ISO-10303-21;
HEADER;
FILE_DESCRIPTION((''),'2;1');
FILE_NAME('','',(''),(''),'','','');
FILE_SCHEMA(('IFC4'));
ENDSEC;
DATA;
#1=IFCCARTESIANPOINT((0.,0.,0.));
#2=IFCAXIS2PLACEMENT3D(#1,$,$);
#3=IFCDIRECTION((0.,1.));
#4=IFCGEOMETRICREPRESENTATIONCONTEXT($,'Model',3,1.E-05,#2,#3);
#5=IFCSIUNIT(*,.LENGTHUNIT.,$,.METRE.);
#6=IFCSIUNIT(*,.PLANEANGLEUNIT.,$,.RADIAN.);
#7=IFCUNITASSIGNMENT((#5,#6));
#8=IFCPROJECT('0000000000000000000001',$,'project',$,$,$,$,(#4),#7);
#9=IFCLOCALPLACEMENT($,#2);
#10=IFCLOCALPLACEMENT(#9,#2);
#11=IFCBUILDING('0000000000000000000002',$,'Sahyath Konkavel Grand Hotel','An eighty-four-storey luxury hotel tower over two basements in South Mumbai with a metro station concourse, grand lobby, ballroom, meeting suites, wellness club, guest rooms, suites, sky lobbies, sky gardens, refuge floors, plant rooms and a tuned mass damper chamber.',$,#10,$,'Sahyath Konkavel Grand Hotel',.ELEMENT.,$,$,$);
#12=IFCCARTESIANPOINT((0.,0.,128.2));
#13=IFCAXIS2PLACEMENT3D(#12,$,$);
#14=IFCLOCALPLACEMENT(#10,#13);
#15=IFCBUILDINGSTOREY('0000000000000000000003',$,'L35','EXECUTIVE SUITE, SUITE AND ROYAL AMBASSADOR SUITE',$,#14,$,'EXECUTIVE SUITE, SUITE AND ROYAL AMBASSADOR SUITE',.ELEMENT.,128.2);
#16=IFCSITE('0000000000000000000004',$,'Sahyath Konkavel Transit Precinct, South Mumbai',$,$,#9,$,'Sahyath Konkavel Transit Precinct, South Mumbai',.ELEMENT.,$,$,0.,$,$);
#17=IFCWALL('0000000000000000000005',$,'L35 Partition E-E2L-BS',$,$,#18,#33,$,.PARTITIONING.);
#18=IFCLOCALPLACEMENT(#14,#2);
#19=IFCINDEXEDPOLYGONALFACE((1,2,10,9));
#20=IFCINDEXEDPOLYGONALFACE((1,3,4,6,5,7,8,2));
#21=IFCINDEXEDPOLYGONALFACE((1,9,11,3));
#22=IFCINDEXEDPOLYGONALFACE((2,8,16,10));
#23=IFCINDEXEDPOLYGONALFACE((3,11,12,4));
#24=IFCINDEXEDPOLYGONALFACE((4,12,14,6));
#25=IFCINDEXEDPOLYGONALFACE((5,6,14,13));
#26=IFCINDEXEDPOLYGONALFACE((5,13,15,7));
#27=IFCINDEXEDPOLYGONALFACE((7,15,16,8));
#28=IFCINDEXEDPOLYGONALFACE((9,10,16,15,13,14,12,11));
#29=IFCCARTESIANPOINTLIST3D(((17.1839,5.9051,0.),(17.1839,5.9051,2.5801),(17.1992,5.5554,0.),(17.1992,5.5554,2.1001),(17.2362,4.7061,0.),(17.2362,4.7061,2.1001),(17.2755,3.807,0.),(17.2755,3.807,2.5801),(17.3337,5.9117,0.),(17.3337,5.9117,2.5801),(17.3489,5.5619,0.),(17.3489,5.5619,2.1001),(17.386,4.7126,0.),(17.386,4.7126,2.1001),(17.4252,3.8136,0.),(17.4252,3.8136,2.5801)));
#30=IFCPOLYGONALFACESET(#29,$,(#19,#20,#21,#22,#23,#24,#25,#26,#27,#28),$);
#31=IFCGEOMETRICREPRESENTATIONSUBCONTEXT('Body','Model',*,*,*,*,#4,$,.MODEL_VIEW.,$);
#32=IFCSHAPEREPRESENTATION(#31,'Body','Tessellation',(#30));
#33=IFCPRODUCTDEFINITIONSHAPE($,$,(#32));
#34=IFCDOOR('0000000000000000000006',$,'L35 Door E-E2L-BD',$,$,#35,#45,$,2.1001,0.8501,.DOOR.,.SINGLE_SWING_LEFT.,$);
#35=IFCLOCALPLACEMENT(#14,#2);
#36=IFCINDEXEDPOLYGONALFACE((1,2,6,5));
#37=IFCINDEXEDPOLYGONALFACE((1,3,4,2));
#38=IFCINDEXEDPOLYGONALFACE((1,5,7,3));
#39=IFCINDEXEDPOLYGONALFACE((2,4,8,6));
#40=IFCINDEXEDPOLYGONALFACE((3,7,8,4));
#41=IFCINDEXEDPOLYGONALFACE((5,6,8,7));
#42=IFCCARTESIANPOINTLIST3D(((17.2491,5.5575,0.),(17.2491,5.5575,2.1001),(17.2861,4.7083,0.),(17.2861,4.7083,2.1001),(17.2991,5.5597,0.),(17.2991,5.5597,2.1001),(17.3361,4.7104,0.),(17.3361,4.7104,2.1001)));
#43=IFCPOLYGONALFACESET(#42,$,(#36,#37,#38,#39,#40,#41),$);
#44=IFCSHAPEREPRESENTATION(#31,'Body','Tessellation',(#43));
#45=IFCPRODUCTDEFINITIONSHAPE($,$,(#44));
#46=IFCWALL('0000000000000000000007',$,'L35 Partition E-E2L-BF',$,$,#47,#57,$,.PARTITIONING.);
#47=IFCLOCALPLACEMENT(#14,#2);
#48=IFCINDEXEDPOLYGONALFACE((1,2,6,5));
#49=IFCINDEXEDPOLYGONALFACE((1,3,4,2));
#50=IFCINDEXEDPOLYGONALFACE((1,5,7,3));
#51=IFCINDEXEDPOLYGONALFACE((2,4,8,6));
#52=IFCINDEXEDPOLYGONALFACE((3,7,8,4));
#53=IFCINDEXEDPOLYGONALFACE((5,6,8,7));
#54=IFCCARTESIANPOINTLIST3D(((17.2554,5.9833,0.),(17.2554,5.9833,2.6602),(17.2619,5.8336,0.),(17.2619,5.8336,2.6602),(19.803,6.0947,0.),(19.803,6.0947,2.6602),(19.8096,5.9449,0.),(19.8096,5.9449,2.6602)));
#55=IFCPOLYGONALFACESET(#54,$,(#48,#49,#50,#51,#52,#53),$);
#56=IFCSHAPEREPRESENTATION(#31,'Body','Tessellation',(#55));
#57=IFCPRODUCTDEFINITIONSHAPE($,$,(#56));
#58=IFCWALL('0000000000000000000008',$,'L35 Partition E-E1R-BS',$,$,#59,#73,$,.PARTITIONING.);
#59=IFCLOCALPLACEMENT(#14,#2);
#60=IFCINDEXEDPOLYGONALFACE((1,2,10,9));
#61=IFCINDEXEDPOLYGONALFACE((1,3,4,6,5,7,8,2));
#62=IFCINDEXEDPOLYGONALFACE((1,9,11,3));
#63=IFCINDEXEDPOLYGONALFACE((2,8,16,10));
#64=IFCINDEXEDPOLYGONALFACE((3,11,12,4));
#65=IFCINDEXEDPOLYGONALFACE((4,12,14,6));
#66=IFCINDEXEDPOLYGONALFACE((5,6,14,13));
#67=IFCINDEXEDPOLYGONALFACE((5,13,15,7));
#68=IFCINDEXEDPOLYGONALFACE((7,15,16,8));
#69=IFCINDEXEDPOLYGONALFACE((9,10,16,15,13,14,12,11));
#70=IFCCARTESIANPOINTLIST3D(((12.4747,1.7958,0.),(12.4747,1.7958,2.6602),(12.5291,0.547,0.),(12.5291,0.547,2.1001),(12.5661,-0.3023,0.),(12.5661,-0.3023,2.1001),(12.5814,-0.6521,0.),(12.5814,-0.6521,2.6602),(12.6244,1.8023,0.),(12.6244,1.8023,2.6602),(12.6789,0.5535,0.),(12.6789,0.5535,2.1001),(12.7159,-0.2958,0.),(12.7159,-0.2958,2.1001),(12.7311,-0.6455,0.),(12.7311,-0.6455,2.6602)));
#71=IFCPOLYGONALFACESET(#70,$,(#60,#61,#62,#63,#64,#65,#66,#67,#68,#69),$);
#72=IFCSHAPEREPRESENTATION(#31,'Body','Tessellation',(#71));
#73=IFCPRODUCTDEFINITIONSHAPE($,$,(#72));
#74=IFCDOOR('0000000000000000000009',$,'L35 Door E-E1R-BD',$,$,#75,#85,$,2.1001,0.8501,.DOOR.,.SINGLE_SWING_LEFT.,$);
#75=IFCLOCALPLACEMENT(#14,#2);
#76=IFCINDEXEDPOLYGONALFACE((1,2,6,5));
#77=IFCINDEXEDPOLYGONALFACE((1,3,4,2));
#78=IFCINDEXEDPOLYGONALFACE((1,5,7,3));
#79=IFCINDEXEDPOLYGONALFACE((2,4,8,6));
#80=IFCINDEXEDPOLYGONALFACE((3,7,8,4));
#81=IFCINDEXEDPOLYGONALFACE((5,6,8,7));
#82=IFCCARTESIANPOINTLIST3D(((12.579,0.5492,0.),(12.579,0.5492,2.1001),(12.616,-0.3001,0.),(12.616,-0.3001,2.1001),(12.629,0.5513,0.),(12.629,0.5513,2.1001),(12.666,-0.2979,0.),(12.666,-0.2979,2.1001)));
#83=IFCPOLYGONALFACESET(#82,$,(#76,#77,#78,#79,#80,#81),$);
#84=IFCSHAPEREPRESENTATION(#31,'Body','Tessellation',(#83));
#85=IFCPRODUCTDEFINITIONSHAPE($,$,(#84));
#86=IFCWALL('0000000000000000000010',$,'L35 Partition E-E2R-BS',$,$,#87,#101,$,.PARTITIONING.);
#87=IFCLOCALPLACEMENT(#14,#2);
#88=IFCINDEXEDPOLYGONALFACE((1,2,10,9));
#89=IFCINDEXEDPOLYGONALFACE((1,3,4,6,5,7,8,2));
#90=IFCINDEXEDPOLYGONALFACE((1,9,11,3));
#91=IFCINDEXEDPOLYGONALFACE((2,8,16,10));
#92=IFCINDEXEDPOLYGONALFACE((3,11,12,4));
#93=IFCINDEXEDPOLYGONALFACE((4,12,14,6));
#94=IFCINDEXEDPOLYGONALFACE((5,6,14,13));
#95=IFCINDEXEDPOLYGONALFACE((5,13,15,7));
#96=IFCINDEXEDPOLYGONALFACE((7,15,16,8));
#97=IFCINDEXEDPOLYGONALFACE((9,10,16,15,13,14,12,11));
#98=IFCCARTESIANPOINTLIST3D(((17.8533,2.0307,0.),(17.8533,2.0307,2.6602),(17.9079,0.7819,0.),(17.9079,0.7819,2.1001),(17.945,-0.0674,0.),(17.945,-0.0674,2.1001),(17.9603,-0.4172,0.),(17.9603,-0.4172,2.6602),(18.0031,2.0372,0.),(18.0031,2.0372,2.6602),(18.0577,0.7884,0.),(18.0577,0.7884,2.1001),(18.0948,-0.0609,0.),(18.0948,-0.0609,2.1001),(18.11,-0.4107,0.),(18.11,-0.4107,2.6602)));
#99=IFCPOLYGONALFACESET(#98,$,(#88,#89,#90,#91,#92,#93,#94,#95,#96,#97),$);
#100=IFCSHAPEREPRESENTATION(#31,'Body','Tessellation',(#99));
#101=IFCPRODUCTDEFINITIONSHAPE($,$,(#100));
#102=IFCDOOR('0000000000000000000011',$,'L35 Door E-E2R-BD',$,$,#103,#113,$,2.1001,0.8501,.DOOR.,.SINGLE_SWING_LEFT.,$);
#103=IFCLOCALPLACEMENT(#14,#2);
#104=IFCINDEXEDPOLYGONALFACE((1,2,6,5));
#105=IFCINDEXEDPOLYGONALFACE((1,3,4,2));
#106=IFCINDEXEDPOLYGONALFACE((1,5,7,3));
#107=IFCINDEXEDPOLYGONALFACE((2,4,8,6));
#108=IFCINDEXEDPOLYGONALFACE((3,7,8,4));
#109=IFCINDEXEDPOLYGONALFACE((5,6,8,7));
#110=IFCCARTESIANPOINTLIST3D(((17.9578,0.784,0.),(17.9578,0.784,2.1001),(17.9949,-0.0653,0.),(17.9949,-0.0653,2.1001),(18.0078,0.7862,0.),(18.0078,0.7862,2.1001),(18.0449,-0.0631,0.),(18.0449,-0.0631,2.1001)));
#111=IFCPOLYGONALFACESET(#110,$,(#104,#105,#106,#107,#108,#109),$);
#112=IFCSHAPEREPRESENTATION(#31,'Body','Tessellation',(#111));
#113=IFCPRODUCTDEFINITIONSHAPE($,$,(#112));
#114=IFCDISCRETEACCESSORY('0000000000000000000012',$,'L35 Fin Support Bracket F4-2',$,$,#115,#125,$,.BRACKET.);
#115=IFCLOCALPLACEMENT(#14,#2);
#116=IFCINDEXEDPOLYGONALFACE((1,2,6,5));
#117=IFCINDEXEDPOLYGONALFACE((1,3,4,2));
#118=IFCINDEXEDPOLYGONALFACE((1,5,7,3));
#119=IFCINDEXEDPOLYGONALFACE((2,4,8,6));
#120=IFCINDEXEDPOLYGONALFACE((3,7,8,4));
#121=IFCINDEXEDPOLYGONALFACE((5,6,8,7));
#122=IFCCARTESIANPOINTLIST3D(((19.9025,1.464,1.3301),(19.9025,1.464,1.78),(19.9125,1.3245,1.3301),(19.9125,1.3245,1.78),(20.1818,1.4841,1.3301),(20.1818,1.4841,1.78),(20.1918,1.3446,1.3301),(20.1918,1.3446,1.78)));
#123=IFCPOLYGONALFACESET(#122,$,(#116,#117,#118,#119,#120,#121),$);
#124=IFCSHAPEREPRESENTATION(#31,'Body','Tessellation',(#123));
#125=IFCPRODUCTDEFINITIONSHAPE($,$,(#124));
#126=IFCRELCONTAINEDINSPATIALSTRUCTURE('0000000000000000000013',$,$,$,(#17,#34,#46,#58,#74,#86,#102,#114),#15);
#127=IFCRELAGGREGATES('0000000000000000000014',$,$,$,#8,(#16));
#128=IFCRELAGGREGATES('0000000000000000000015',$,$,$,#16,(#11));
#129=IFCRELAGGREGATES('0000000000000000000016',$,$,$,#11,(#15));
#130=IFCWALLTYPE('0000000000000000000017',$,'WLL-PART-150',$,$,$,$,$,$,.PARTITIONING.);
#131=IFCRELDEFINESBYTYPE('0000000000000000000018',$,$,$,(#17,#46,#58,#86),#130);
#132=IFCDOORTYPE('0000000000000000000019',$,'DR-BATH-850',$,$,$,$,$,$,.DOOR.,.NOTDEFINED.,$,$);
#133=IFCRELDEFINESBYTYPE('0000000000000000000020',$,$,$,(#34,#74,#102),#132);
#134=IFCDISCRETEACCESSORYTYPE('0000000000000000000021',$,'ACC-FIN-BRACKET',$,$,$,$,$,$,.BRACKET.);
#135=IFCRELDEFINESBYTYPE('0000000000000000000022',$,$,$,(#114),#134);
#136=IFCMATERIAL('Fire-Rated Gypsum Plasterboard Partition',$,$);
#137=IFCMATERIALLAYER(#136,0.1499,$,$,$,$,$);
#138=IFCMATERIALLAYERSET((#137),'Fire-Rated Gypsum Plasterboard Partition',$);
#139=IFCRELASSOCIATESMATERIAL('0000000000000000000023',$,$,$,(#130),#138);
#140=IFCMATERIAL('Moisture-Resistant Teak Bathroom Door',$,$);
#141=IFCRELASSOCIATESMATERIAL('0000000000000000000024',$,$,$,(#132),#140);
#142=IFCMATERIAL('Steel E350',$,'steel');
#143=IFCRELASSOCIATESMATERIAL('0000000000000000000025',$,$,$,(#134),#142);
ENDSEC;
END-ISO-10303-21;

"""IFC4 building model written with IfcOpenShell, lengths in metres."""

from ifc_helpers import new_model, si_unit, direction, frame, frame_2d, origin, origin_2d, place, context, subcontext, project, spatial, rectangle, extrude, source, transform, mapped, material, layer, layer_set, type_object, element, fill, save


model = new_model("IFC4")

# Units and contexts
model_context = context("Model", 3, precision=1e-05, world=origin(), true_north=direction((0.0, 1.0)))
body_context = subcontext(model_context, "Body", "Model", "MODEL_VIEW")
ifc_project = project(units=[si_unit("LENGTHUNIT", "METRE"), si_unit("PLANEANGLEUNIT", "RADIAN")], contexts=[model_context])

# Site, building, storey
site_placement = place(None, origin())
site = spatial("IfcSite", under=ifc_project, at=site_placement, Name="Sahyath Konkavel Transit Precinct, South Mumbai", LongName="Sahyath Konkavel Transit Precinct, South Mumbai", CompositionType="ELEMENT", RefElevation=0.0)
building_placement = place(site_placement, origin())
building = spatial("IfcBuilding", under=site, at=building_placement, Name="Sahyath Konkavel Grand Hotel", Description="An eighty-four-storey luxury hotel tower over two basements in South Mumbai with a metro station concourse, grand lobby, ballroom, meeting suites, wellness club, guest rooms, suites, sky lobbies, sky gardens, refuge floors, plant rooms and a tuned mass damper chamber.", LongName="Sahyath Konkavel Grand Hotel", CompositionType="ELEMENT")
storey_placement = place(building_placement, frame((0.0, 0.0, 128.2)))
storey = spatial("IfcBuildingStorey", under=building, at=storey_placement, Name="L35", Description="EXECUTIVE SUITE, SUITE AND ROYAL AMBASSADOR SUITE", LongName="EXECUTIVE SUITE, SUITE AND ROYAL AMBASSADOR SUITE", CompositionType="ELEMENT", Elevation=128.2)

# Shared definitions
ifc_material_1 = material(Name="Steel E350", Category="steel")

# Shared definitions
ifc_material_2 = material(Name="Fire-Rated Gypsum Plasterboard Partition")
ifc_layer_1 = layer(ifc_material_2, 0.1499)
ifc_layer_set_1 = layer_set([ifc_layer_1], Name="Fire-Rated Gypsum Plasterboard Partition")
wall_type_1 = type_object("IfcWallType", Name="WLL-PART-150", PredefinedType="PARTITIONING", material=ifc_layer_set_1)
shared_shape_1 = source(origin(), body_context, "Body", "SweptSolid", [
    extrude(rectangle(XDim=0.8501, YDim=0.05, at=origin_2d()), origin(), (0.0, 0.0, 1.0), 2.1001),
])

# Wall, opening, door
wall_1_placement = place(storey_placement, frame((17.3503, 3.8103, 0.0), z_axis=(0.0, 0.0, 1.0), x_axis=(-0.043594, 0.999049, 0.0)))
wall_1 = element("IfcWall", 1, at=wall_1_placement, inside=storey, type_object=wall_type_1, Name="L35 Partition E-E2L-BS", PredefinedType="PARTITIONING", context=body_context, shape_type="SweptSolid", body=[
    extrude(rectangle(XDim=2.1001, YDim=0.1499, at=frame_2d((1.05, 0.0))), origin(), (0.0, 0.0, 1.0), 2.5801),
])
opening_1_placement = place(wall_1_placement, frame((0.8999, 0.0, 0.0)))
opening_1 = element("IfcOpeningElement", 2, at=opening_1_placement, cuts=wall_1, PredefinedType="OPENING", context=body_context, shape_type="SweptSolid", body=[
    extrude(rectangle(XDim=0.8501, YDim=2.1001, at=frame_2d((0.425, 1.05))), frame((0.0, 0.085, 0.0), z_axis=(0.0, -1.0, 0.0), x_axis=(1.0, 0.0, 0.0)), (0.0, 0.0, 1.0), 0.1699),
])
ifc_material_3 = material(Name="Moisture-Resistant Teak Bathroom Door")
door_type_1 = type_object("IfcDoorType", Name="DR-BATH-850", OperationType="NOTDEFINED", PredefinedType="DOOR", material=ifc_material_3)
door_1_placement = place(opening_1_placement, frame((0.425, 0.0, 0.0)))
door_1 = element("IfcDoor", 3, at=door_1_placement, inside=storey, type_object=door_type_1, Name="L35 Door E-E2L-BD", OperationType="SINGLE_SWING_LEFT", OverallHeight=2.1001, OverallWidth=0.8501, PredefinedType="DOOR", context=body_context, shape_type="MappedRepresentation", body=[
    mapped(shared_shape_1, transform((0.0, 0.0, 0.0), scale=1.0)),
])
fill(opening_1, door_1)

# Wall
wall_2_placement = place(storey_placement, frame((17.2588, 5.9084, 0.0), z_axis=(0.0, 0.0, 1.0), x_axis=(0.999047, 0.043657, 0.0)))
element("IfcWall", 4, at=wall_2_placement, inside=storey, type_object=wall_type_1, Name="L35 Partition E-E2L-BF", PredefinedType="PARTITIONING", context=body_context, shape_type="SweptSolid", body=[
    extrude(rectangle(XDim=2.55, YDim=0.1499, at=frame_2d((1.2749, 0.0))), origin(), (0.0, 0.0, 1.0), 2.6602),
])

# Walls, openings, doors
wall_3_placement = place(storey_placement, frame((12.5496, 1.7991, 0.0), z_axis=(0.0, 0.0, 1.0), x_axis=(0.043545, -0.999051, 0.0)))
wall_3 = element("IfcWall", 5, at=wall_3_placement, inside=storey, type_object=wall_type_1, Name="L35 Partition E-E1R-BS", PredefinedType="PARTITIONING", context=body_context, shape_type="SweptSolid", body=[
    extrude(rectangle(XDim=2.4502, YDim=0.1499, at=frame_2d((1.2251, 0.0))), origin(), (0.0, 0.0, 1.0), 2.6602),
])
opening_2_placement = place(wall_3_placement, frame((1.25, 0.0, 0.0)))
opening_2 = element("IfcOpeningElement", 6, at=opening_2_placement, cuts=wall_3, PredefinedType="OPENING", context=body_context, shape_type="SweptSolid", body=[
    extrude(rectangle(XDim=0.8501, YDim=2.1001, at=frame_2d((0.425, 1.05))), frame((0.0, 0.085, 0.0), z_axis=(0.0, -1.0, 0.0), x_axis=(1.0, 0.0, 0.0)), (0.0, 0.0, 1.0), 0.1699),
])
door_2_placement = place(opening_2_placement, frame((0.425, 0.0, 0.0)))
door_2 = element("IfcDoor", 7, at=door_2_placement, inside=storey, type_object=door_type_1, Name="L35 Door E-E1R-BD", OperationType="SINGLE_SWING_LEFT", OverallHeight=2.1001, OverallWidth=0.8501, PredefinedType="DOOR", context=body_context, shape_type="MappedRepresentation", body=[
    mapped(shared_shape_1, transform((0.0, 0.0, 0.0), scale=1.0)),
])
fill(opening_2, door_2)
wall_4_placement = place(storey_placement, frame((17.9282, 2.0339, 0.0), z_axis=(0.0, 0.0, 1.0), x_axis=(0.043645, -0.999047, 0.0)))
wall_4 = element("IfcWall", 8, at=wall_4_placement, inside=storey, type_object=wall_type_1, Name="L35 Partition E-E2R-BS", PredefinedType="PARTITIONING", context=body_context, shape_type="SweptSolid", body=[
    extrude(rectangle(XDim=2.4502, YDim=0.1499, at=frame_2d((1.2251, 0.0))), origin(), (0.0, 0.0, 1.0), 2.6602),
])
opening_3_placement = place(wall_4_placement, frame((1.25, 0.0, 0.0)))
opening_3 = element("IfcOpeningElement", 9, at=opening_3_placement, cuts=wall_4, PredefinedType="OPENING", context=body_context, shape_type="SweptSolid", body=[
    extrude(rectangle(XDim=0.8501, YDim=2.1001, at=frame_2d((0.425, 1.05))), frame((0.0, 0.085, 0.0), z_axis=(0.0, -1.0, 0.0), x_axis=(1.0, 0.0, 0.0)), (0.0, 0.0, 1.0), 0.1699),
])
door_3_placement = place(opening_3_placement, frame((0.425, 0.0, 0.0)))
door_3 = element("IfcDoor", 10, at=door_3_placement, inside=storey, type_object=door_type_1, Name="L35 Door E-E2R-BD", OperationType="SINGLE_SWING_LEFT", OverallHeight=2.1001, OverallWidth=0.8501, PredefinedType="DOOR", context=body_context, shape_type="MappedRepresentation", body=[
    mapped(shared_shape_1, transform((0.0, 0.0, 0.0), scale=1.0)),
])
fill(opening_3, door_3)

# Discrete accessory
discrete_accessory_type = type_object("IfcDiscreteAccessoryType", Name="ACC-FIN-BRACKET", PredefinedType="BRACKET", material=ifc_material_1)
shared_shape_2 = source(origin(), body_context, "Body", "SweptSolid", [
    extrude(rectangle(XDim=0.28, YDim=0.1399, at=origin_2d()), origin(), (0.0, 0.0, 1.0), 0.45),
])
discrete_accessory_placement = place(storey_placement, frame((20.0471, 1.4043, 1.3301), z_axis=(0.0, 0.0, 1.0), x_axis=(0.997436, 0.071567, 0.0)))
element("IfcDiscreteAccessory", 11, at=discrete_accessory_placement, inside=storey, type_object=discrete_accessory_type, Name="L35 Fin Support Bracket F4-2", PredefinedType="BRACKET", context=body_context, shape_type="MappedRepresentation", body=[
    mapped(shared_shape_2, transform((0.0, 0.0, 0.0), scale=1.0)),
])

save(model, "model.ifc")
